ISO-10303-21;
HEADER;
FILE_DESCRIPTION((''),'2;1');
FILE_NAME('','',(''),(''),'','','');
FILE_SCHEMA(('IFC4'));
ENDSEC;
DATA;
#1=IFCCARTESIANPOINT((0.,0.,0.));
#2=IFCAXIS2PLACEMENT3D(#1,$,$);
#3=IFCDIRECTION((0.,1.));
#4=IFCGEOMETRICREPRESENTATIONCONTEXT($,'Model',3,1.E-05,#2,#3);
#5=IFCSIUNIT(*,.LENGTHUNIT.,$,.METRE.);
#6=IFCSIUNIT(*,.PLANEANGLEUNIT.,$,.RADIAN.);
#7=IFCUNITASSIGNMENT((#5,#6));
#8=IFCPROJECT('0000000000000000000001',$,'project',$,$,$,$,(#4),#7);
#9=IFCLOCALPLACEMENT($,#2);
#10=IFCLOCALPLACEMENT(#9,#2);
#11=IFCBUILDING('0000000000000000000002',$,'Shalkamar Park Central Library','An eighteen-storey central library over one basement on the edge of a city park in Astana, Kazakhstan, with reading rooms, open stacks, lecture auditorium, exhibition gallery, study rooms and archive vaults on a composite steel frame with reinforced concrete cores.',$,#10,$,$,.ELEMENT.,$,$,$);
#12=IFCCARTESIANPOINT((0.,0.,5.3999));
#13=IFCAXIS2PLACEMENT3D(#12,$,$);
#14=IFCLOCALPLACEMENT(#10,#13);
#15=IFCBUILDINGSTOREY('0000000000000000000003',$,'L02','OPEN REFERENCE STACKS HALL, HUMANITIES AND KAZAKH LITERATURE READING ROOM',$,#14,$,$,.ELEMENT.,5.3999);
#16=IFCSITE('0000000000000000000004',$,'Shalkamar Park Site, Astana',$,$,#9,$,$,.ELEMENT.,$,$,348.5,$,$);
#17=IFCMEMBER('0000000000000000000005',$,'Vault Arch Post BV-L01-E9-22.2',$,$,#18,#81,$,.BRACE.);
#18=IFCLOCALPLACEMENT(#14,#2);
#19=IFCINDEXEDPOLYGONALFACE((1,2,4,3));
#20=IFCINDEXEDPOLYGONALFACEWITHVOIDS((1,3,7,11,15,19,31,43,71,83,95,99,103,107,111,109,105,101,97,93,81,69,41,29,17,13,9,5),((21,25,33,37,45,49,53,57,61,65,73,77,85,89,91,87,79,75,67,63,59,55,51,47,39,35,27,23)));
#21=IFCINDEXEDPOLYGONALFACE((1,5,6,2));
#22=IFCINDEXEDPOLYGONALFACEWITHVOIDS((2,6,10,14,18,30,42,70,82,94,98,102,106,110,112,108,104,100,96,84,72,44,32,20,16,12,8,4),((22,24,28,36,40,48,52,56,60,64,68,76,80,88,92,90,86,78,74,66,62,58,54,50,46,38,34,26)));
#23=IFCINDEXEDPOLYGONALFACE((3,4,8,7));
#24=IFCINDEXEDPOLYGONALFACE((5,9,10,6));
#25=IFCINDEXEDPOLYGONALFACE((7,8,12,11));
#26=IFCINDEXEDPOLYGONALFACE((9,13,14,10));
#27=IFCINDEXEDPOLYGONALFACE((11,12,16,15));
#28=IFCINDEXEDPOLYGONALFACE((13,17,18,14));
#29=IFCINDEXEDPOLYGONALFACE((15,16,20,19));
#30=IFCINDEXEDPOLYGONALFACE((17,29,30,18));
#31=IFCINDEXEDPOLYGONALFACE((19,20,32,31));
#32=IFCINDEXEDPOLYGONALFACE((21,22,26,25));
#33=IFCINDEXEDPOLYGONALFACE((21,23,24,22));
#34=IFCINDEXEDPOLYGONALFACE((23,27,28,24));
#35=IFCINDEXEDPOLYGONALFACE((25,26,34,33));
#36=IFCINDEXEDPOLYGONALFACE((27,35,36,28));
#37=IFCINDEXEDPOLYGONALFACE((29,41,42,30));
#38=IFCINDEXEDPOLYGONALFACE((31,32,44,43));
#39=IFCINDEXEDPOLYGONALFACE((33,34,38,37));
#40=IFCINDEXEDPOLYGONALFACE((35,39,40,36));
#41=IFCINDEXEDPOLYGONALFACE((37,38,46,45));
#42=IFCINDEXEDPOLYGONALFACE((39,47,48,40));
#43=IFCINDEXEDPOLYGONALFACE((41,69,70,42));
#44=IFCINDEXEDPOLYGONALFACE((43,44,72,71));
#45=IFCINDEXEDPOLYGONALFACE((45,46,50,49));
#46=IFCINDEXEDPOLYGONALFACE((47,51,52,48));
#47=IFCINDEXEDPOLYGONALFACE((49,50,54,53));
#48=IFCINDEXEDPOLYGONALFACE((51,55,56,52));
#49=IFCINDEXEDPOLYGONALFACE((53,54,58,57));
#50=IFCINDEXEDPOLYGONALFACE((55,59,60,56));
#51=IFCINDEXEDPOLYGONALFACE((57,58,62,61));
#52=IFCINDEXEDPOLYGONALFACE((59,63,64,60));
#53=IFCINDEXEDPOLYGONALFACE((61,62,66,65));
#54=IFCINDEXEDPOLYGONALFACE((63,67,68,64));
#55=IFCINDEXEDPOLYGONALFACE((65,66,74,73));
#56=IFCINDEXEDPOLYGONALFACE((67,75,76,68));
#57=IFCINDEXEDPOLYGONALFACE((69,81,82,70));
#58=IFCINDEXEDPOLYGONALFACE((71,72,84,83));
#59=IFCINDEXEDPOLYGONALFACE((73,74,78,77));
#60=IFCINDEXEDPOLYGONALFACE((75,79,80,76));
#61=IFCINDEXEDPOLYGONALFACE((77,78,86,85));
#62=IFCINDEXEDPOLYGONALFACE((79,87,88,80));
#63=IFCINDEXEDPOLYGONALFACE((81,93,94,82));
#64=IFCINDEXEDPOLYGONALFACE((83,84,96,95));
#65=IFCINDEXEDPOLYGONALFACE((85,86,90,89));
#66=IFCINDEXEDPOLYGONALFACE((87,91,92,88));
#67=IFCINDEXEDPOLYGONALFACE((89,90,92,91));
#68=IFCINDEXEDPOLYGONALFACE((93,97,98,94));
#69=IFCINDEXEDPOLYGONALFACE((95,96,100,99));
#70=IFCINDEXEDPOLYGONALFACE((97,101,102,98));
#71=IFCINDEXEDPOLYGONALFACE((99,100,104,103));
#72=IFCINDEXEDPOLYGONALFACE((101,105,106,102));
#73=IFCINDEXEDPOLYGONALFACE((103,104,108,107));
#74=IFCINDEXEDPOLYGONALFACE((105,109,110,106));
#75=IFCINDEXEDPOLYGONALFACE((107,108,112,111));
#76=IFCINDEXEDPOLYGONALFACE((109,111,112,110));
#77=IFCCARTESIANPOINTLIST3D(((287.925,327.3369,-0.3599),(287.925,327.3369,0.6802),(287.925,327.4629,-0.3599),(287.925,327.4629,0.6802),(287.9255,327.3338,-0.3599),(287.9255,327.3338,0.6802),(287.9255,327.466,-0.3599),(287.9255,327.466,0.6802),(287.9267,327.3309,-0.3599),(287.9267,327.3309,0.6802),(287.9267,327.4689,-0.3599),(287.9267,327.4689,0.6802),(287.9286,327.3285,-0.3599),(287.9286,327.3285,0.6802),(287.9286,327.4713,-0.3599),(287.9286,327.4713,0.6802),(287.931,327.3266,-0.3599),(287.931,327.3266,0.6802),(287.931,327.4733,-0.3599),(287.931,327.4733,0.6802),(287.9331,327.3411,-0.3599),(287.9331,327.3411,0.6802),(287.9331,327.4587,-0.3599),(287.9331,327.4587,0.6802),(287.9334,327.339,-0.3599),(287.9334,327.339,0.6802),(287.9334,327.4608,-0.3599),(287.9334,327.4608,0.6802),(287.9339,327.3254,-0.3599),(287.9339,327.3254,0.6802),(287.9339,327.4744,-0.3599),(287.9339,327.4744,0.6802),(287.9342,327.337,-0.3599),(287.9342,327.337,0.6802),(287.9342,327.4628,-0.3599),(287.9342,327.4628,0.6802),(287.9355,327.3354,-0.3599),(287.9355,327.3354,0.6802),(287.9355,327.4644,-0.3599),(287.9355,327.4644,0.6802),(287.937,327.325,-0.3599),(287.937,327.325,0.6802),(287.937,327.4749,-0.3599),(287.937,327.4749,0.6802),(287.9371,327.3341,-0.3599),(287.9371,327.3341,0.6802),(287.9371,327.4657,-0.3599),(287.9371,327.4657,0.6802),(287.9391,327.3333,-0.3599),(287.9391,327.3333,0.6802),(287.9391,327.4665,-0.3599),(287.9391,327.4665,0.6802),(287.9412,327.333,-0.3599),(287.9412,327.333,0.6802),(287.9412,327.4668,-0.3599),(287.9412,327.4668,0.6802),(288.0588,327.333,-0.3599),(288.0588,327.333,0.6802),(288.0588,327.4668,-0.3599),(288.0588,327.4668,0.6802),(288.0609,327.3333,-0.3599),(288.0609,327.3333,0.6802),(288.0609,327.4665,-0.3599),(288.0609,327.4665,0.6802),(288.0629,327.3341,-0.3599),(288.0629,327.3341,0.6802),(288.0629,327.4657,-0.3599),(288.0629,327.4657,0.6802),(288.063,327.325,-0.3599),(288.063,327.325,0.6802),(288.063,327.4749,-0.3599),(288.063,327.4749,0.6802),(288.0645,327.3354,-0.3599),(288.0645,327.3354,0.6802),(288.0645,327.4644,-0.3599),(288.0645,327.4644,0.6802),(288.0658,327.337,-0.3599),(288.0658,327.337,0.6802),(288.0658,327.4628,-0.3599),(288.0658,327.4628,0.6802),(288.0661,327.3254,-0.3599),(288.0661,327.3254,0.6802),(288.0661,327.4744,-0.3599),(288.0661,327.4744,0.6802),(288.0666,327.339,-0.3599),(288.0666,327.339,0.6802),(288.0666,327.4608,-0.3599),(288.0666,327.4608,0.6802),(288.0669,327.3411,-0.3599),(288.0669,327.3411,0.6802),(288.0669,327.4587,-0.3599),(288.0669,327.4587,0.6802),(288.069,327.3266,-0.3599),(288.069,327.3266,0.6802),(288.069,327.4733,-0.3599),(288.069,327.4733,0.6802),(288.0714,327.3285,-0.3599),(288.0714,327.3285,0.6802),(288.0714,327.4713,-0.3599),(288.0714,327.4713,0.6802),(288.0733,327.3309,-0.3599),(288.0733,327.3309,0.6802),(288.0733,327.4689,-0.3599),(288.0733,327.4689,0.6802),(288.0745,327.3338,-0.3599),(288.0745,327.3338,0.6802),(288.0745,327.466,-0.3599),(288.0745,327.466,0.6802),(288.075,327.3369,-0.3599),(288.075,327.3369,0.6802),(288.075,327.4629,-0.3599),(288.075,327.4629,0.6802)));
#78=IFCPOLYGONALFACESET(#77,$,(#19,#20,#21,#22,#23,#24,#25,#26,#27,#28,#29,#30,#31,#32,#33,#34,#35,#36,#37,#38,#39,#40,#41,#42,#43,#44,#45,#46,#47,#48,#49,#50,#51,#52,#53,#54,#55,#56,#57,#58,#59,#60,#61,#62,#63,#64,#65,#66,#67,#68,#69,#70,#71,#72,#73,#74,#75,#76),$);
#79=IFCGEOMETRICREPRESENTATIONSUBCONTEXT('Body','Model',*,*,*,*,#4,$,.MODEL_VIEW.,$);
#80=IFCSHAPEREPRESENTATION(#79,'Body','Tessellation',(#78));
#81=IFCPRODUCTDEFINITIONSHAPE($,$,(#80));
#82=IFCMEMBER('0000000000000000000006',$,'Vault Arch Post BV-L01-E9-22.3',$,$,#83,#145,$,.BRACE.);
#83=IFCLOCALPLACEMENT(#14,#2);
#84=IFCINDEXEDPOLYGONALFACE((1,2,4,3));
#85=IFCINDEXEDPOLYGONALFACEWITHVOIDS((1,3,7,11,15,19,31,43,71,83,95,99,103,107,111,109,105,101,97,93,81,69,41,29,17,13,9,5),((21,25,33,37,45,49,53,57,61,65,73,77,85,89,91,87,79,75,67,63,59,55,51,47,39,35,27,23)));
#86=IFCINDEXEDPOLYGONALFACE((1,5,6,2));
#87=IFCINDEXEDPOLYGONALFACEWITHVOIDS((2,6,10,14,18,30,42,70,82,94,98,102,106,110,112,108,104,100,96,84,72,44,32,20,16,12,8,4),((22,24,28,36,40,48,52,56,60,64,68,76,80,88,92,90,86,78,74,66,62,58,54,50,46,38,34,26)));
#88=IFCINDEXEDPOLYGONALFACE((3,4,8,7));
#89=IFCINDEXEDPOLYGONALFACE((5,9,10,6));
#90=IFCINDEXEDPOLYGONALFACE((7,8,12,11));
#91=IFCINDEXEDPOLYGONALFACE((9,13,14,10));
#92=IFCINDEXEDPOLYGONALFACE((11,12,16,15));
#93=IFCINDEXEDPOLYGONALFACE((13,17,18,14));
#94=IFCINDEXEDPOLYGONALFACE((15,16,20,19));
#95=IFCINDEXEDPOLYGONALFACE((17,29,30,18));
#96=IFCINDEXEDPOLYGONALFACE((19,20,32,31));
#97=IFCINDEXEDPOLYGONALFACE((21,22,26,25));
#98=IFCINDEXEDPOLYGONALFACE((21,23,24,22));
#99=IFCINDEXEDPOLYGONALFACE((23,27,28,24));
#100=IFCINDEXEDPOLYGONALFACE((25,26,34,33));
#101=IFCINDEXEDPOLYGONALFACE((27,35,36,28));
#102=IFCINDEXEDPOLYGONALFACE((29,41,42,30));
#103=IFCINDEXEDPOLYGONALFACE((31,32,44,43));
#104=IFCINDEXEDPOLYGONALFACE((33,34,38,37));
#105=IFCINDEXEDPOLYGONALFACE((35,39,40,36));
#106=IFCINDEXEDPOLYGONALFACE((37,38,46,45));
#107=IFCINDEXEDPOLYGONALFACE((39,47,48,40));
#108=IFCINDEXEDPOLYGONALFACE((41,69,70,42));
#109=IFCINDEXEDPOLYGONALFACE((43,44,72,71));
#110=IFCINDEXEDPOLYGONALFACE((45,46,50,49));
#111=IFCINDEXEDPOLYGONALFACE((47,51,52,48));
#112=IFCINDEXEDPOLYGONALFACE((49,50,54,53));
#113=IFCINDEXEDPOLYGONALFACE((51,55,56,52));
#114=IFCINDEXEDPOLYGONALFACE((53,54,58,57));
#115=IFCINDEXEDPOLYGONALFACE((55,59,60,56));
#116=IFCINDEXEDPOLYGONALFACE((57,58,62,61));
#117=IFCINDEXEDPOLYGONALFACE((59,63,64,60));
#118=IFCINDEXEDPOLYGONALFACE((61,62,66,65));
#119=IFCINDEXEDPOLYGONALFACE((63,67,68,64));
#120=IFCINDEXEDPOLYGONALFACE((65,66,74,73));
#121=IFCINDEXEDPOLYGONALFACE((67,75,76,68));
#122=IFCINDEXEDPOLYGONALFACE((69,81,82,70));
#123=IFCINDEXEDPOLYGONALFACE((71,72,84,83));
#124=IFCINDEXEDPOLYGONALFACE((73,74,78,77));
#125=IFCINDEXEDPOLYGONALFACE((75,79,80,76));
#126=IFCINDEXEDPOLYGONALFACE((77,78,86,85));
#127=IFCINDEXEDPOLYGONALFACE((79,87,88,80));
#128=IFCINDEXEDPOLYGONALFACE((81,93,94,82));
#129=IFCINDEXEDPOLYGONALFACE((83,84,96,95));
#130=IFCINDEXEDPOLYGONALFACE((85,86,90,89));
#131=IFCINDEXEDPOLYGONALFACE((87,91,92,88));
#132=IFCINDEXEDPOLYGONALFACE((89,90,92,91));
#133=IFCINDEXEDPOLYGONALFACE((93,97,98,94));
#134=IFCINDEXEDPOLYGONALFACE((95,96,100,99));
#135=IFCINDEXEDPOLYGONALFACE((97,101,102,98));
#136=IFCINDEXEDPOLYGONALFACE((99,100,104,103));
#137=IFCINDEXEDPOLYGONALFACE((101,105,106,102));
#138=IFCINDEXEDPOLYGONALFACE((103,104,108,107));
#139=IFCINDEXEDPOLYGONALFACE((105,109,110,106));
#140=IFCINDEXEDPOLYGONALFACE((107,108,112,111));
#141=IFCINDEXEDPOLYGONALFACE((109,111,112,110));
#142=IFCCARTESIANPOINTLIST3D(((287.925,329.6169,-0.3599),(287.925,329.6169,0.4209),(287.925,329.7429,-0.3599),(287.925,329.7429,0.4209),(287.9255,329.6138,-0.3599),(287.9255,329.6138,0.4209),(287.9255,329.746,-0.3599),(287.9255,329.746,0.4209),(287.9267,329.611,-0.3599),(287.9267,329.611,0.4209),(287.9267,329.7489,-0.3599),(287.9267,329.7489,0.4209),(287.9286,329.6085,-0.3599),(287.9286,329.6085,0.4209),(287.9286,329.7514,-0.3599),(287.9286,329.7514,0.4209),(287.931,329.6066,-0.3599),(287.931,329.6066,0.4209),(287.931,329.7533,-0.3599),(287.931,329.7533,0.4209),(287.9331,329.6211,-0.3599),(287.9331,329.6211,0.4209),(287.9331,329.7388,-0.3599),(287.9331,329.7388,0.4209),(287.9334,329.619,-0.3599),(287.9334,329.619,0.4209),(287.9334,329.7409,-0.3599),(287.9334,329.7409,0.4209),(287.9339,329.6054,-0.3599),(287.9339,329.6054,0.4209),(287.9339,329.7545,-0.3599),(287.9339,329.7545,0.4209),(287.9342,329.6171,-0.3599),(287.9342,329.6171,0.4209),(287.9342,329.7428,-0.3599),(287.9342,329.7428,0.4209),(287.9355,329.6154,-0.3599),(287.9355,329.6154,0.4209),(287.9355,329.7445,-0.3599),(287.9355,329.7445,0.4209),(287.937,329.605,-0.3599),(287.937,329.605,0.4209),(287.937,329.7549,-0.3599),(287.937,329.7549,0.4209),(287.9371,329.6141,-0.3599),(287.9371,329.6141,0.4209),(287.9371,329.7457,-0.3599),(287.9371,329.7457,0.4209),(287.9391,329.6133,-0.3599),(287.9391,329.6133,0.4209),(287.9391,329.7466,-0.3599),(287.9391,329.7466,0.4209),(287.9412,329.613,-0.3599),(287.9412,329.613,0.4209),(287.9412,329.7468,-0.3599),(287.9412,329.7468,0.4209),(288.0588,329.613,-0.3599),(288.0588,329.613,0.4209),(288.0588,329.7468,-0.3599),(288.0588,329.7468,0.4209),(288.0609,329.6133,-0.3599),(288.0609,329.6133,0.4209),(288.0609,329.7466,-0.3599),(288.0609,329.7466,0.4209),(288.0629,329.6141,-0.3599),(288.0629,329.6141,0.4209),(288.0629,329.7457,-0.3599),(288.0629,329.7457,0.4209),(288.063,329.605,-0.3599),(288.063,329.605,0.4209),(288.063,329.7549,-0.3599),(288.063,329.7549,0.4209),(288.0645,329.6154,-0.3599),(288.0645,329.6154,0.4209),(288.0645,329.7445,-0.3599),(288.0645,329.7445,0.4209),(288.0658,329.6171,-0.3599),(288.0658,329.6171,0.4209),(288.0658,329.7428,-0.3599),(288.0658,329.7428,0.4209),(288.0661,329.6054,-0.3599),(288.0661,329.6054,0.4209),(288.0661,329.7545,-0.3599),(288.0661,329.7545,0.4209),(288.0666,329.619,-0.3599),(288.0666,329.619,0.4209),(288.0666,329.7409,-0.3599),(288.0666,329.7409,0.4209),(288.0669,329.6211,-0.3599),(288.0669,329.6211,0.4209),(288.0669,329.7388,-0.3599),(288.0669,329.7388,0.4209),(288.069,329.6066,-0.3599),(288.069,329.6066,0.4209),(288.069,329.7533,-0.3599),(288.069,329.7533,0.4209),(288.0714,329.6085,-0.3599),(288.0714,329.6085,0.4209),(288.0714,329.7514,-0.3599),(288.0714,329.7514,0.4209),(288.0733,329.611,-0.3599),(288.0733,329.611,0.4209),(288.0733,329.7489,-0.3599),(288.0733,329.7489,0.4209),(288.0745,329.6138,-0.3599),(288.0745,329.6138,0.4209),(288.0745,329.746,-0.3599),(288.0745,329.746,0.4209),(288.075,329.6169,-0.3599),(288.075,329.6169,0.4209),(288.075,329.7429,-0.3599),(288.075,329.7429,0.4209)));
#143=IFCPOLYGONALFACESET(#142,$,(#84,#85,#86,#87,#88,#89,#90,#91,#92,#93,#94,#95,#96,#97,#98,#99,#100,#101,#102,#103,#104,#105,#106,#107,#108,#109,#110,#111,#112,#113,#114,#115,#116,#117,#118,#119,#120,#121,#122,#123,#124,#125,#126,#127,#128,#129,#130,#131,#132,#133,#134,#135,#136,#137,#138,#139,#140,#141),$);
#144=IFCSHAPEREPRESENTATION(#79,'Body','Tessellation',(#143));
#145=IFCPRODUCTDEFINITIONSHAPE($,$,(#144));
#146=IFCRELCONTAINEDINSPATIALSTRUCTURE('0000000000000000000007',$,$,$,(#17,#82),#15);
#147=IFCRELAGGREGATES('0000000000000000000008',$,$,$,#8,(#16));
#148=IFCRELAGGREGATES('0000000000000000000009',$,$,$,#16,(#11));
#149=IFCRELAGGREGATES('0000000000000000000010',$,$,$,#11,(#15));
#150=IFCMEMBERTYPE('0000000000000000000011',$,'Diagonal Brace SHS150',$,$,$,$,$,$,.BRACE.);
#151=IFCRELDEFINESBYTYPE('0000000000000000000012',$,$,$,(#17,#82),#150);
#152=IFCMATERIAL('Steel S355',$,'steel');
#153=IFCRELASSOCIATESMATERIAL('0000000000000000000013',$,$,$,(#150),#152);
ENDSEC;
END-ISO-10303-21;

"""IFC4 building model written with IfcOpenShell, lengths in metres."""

from ifc_helpers import new_model, si_unit, direction, frame, origin, origin_2d, place, context, subcontext, project, spatial, hollow_rectangle, extrude, material, material_profile, profile_set, type_object, element, save


model = new_model("IFC4")

# Units and contexts
model_context = context("Model", 3, precision=1e-05, world=origin(), true_north=direction((0.0, 1.0)))
body_context = subcontext(model_context, "Body", "Model", "MODEL_VIEW")
ifc_project = project(units=[si_unit("LENGTHUNIT", "METRE"), si_unit("PLANEANGLEUNIT", "RADIAN")], contexts=[model_context])

# Site, building, storey
site_placement = place(None, origin())
site = spatial("IfcSite", under=ifc_project, at=site_placement, Name="Shalkamar Park Site, Astana", CompositionType="ELEMENT", RefElevation=348.5)
building_placement = place(site_placement, origin())
building = spatial("IfcBuilding", under=site, at=building_placement, Name="Shalkamar Park Central Library", Description="An eighteen-storey central library over one basement on the edge of a city park in Astana, Kazakhstan, with reading rooms, open stacks, lecture auditorium, exhibition gallery, study rooms and archive vaults on a composite steel frame with reinforced concrete cores.", CompositionType="ELEMENT")
storey_placement = place(building_placement, frame((0.0, 0.0, 5.3999)))
storey = spatial("IfcBuildingStorey", under=building, at=storey_placement, Name="L02", Description="OPEN REFERENCE STACKS HALL, HUMANITIES AND KAZAKH LITERATURE READING ROOM", CompositionType="ELEMENT", Elevation=5.3999)

# Shared definitions
ifc_material_1 = material(Name="Steel S355", Category="steel")

# Members
ifc_material_profile_1 = material_profile(ifc_material_1, hollow_rectangle(XDim=0.1499, YDim=0.1499, WallThickness=0.0081, InnerFilletRadius=0.0081, OuterFilletRadius=0.012, at=origin_2d()), Name="SHS 150x150x8")
ifc_profile_set_1 = profile_set([ifc_material_profile_1], Name="Steel S355")
member_type_1 = type_object("IfcMemberType", Name="Diagonal Brace SHS150", PredefinedType="BRACE", material=ifc_profile_set_1)
member_1_placement = place(storey_placement, frame((288.0, 327.3999, -0.3599), z_axis=(0.0, 0.0, 1.0), x_axis=(1.0, 0.0, 0.0)))
element("IfcMember", 1, at=member_1_placement, inside=storey, type_object=member_type_1, Name="Vault Arch Post BV-L01-E9-22.2", PredefinedType="BRACE", context=body_context, shape_type="SweptSolid", body=[
    extrude(hollow_rectangle(XDim=0.1499, YDim=0.1499, WallThickness=0.0081, InnerFilletRadius=0.0081, OuterFilletRadius=0.012, at=origin_2d()), origin(), (0.0, 0.0, 1.0), 1.04),
])
for number, where, z_axis, x_axis, name in (
    (2, (288.0, 329.6799, -0.3599), (0.0, 0.0, 1.0), (1.0, 0.0, 0.0), "Vault Arch Post BV-L01-E9-22.3"),
):
    element("IfcMember", number, at=place(storey_placement, frame(where, z_axis=z_axis, x_axis=x_axis)), inside=storey, type_object=member_type_1, Name=name, PredefinedType="BRACE", context=body_context, shape_type="SweptSolid", body=[
        extrude(hollow_rectangle(XDim=0.1499, YDim=0.1499, WallThickness=0.0081, InnerFilletRadius=0.0081, OuterFilletRadius=0.012, at=origin_2d()), origin(), (0.0, 0.0, 1.0), 0.7808),
    ])

save(model, "model.ifc")
